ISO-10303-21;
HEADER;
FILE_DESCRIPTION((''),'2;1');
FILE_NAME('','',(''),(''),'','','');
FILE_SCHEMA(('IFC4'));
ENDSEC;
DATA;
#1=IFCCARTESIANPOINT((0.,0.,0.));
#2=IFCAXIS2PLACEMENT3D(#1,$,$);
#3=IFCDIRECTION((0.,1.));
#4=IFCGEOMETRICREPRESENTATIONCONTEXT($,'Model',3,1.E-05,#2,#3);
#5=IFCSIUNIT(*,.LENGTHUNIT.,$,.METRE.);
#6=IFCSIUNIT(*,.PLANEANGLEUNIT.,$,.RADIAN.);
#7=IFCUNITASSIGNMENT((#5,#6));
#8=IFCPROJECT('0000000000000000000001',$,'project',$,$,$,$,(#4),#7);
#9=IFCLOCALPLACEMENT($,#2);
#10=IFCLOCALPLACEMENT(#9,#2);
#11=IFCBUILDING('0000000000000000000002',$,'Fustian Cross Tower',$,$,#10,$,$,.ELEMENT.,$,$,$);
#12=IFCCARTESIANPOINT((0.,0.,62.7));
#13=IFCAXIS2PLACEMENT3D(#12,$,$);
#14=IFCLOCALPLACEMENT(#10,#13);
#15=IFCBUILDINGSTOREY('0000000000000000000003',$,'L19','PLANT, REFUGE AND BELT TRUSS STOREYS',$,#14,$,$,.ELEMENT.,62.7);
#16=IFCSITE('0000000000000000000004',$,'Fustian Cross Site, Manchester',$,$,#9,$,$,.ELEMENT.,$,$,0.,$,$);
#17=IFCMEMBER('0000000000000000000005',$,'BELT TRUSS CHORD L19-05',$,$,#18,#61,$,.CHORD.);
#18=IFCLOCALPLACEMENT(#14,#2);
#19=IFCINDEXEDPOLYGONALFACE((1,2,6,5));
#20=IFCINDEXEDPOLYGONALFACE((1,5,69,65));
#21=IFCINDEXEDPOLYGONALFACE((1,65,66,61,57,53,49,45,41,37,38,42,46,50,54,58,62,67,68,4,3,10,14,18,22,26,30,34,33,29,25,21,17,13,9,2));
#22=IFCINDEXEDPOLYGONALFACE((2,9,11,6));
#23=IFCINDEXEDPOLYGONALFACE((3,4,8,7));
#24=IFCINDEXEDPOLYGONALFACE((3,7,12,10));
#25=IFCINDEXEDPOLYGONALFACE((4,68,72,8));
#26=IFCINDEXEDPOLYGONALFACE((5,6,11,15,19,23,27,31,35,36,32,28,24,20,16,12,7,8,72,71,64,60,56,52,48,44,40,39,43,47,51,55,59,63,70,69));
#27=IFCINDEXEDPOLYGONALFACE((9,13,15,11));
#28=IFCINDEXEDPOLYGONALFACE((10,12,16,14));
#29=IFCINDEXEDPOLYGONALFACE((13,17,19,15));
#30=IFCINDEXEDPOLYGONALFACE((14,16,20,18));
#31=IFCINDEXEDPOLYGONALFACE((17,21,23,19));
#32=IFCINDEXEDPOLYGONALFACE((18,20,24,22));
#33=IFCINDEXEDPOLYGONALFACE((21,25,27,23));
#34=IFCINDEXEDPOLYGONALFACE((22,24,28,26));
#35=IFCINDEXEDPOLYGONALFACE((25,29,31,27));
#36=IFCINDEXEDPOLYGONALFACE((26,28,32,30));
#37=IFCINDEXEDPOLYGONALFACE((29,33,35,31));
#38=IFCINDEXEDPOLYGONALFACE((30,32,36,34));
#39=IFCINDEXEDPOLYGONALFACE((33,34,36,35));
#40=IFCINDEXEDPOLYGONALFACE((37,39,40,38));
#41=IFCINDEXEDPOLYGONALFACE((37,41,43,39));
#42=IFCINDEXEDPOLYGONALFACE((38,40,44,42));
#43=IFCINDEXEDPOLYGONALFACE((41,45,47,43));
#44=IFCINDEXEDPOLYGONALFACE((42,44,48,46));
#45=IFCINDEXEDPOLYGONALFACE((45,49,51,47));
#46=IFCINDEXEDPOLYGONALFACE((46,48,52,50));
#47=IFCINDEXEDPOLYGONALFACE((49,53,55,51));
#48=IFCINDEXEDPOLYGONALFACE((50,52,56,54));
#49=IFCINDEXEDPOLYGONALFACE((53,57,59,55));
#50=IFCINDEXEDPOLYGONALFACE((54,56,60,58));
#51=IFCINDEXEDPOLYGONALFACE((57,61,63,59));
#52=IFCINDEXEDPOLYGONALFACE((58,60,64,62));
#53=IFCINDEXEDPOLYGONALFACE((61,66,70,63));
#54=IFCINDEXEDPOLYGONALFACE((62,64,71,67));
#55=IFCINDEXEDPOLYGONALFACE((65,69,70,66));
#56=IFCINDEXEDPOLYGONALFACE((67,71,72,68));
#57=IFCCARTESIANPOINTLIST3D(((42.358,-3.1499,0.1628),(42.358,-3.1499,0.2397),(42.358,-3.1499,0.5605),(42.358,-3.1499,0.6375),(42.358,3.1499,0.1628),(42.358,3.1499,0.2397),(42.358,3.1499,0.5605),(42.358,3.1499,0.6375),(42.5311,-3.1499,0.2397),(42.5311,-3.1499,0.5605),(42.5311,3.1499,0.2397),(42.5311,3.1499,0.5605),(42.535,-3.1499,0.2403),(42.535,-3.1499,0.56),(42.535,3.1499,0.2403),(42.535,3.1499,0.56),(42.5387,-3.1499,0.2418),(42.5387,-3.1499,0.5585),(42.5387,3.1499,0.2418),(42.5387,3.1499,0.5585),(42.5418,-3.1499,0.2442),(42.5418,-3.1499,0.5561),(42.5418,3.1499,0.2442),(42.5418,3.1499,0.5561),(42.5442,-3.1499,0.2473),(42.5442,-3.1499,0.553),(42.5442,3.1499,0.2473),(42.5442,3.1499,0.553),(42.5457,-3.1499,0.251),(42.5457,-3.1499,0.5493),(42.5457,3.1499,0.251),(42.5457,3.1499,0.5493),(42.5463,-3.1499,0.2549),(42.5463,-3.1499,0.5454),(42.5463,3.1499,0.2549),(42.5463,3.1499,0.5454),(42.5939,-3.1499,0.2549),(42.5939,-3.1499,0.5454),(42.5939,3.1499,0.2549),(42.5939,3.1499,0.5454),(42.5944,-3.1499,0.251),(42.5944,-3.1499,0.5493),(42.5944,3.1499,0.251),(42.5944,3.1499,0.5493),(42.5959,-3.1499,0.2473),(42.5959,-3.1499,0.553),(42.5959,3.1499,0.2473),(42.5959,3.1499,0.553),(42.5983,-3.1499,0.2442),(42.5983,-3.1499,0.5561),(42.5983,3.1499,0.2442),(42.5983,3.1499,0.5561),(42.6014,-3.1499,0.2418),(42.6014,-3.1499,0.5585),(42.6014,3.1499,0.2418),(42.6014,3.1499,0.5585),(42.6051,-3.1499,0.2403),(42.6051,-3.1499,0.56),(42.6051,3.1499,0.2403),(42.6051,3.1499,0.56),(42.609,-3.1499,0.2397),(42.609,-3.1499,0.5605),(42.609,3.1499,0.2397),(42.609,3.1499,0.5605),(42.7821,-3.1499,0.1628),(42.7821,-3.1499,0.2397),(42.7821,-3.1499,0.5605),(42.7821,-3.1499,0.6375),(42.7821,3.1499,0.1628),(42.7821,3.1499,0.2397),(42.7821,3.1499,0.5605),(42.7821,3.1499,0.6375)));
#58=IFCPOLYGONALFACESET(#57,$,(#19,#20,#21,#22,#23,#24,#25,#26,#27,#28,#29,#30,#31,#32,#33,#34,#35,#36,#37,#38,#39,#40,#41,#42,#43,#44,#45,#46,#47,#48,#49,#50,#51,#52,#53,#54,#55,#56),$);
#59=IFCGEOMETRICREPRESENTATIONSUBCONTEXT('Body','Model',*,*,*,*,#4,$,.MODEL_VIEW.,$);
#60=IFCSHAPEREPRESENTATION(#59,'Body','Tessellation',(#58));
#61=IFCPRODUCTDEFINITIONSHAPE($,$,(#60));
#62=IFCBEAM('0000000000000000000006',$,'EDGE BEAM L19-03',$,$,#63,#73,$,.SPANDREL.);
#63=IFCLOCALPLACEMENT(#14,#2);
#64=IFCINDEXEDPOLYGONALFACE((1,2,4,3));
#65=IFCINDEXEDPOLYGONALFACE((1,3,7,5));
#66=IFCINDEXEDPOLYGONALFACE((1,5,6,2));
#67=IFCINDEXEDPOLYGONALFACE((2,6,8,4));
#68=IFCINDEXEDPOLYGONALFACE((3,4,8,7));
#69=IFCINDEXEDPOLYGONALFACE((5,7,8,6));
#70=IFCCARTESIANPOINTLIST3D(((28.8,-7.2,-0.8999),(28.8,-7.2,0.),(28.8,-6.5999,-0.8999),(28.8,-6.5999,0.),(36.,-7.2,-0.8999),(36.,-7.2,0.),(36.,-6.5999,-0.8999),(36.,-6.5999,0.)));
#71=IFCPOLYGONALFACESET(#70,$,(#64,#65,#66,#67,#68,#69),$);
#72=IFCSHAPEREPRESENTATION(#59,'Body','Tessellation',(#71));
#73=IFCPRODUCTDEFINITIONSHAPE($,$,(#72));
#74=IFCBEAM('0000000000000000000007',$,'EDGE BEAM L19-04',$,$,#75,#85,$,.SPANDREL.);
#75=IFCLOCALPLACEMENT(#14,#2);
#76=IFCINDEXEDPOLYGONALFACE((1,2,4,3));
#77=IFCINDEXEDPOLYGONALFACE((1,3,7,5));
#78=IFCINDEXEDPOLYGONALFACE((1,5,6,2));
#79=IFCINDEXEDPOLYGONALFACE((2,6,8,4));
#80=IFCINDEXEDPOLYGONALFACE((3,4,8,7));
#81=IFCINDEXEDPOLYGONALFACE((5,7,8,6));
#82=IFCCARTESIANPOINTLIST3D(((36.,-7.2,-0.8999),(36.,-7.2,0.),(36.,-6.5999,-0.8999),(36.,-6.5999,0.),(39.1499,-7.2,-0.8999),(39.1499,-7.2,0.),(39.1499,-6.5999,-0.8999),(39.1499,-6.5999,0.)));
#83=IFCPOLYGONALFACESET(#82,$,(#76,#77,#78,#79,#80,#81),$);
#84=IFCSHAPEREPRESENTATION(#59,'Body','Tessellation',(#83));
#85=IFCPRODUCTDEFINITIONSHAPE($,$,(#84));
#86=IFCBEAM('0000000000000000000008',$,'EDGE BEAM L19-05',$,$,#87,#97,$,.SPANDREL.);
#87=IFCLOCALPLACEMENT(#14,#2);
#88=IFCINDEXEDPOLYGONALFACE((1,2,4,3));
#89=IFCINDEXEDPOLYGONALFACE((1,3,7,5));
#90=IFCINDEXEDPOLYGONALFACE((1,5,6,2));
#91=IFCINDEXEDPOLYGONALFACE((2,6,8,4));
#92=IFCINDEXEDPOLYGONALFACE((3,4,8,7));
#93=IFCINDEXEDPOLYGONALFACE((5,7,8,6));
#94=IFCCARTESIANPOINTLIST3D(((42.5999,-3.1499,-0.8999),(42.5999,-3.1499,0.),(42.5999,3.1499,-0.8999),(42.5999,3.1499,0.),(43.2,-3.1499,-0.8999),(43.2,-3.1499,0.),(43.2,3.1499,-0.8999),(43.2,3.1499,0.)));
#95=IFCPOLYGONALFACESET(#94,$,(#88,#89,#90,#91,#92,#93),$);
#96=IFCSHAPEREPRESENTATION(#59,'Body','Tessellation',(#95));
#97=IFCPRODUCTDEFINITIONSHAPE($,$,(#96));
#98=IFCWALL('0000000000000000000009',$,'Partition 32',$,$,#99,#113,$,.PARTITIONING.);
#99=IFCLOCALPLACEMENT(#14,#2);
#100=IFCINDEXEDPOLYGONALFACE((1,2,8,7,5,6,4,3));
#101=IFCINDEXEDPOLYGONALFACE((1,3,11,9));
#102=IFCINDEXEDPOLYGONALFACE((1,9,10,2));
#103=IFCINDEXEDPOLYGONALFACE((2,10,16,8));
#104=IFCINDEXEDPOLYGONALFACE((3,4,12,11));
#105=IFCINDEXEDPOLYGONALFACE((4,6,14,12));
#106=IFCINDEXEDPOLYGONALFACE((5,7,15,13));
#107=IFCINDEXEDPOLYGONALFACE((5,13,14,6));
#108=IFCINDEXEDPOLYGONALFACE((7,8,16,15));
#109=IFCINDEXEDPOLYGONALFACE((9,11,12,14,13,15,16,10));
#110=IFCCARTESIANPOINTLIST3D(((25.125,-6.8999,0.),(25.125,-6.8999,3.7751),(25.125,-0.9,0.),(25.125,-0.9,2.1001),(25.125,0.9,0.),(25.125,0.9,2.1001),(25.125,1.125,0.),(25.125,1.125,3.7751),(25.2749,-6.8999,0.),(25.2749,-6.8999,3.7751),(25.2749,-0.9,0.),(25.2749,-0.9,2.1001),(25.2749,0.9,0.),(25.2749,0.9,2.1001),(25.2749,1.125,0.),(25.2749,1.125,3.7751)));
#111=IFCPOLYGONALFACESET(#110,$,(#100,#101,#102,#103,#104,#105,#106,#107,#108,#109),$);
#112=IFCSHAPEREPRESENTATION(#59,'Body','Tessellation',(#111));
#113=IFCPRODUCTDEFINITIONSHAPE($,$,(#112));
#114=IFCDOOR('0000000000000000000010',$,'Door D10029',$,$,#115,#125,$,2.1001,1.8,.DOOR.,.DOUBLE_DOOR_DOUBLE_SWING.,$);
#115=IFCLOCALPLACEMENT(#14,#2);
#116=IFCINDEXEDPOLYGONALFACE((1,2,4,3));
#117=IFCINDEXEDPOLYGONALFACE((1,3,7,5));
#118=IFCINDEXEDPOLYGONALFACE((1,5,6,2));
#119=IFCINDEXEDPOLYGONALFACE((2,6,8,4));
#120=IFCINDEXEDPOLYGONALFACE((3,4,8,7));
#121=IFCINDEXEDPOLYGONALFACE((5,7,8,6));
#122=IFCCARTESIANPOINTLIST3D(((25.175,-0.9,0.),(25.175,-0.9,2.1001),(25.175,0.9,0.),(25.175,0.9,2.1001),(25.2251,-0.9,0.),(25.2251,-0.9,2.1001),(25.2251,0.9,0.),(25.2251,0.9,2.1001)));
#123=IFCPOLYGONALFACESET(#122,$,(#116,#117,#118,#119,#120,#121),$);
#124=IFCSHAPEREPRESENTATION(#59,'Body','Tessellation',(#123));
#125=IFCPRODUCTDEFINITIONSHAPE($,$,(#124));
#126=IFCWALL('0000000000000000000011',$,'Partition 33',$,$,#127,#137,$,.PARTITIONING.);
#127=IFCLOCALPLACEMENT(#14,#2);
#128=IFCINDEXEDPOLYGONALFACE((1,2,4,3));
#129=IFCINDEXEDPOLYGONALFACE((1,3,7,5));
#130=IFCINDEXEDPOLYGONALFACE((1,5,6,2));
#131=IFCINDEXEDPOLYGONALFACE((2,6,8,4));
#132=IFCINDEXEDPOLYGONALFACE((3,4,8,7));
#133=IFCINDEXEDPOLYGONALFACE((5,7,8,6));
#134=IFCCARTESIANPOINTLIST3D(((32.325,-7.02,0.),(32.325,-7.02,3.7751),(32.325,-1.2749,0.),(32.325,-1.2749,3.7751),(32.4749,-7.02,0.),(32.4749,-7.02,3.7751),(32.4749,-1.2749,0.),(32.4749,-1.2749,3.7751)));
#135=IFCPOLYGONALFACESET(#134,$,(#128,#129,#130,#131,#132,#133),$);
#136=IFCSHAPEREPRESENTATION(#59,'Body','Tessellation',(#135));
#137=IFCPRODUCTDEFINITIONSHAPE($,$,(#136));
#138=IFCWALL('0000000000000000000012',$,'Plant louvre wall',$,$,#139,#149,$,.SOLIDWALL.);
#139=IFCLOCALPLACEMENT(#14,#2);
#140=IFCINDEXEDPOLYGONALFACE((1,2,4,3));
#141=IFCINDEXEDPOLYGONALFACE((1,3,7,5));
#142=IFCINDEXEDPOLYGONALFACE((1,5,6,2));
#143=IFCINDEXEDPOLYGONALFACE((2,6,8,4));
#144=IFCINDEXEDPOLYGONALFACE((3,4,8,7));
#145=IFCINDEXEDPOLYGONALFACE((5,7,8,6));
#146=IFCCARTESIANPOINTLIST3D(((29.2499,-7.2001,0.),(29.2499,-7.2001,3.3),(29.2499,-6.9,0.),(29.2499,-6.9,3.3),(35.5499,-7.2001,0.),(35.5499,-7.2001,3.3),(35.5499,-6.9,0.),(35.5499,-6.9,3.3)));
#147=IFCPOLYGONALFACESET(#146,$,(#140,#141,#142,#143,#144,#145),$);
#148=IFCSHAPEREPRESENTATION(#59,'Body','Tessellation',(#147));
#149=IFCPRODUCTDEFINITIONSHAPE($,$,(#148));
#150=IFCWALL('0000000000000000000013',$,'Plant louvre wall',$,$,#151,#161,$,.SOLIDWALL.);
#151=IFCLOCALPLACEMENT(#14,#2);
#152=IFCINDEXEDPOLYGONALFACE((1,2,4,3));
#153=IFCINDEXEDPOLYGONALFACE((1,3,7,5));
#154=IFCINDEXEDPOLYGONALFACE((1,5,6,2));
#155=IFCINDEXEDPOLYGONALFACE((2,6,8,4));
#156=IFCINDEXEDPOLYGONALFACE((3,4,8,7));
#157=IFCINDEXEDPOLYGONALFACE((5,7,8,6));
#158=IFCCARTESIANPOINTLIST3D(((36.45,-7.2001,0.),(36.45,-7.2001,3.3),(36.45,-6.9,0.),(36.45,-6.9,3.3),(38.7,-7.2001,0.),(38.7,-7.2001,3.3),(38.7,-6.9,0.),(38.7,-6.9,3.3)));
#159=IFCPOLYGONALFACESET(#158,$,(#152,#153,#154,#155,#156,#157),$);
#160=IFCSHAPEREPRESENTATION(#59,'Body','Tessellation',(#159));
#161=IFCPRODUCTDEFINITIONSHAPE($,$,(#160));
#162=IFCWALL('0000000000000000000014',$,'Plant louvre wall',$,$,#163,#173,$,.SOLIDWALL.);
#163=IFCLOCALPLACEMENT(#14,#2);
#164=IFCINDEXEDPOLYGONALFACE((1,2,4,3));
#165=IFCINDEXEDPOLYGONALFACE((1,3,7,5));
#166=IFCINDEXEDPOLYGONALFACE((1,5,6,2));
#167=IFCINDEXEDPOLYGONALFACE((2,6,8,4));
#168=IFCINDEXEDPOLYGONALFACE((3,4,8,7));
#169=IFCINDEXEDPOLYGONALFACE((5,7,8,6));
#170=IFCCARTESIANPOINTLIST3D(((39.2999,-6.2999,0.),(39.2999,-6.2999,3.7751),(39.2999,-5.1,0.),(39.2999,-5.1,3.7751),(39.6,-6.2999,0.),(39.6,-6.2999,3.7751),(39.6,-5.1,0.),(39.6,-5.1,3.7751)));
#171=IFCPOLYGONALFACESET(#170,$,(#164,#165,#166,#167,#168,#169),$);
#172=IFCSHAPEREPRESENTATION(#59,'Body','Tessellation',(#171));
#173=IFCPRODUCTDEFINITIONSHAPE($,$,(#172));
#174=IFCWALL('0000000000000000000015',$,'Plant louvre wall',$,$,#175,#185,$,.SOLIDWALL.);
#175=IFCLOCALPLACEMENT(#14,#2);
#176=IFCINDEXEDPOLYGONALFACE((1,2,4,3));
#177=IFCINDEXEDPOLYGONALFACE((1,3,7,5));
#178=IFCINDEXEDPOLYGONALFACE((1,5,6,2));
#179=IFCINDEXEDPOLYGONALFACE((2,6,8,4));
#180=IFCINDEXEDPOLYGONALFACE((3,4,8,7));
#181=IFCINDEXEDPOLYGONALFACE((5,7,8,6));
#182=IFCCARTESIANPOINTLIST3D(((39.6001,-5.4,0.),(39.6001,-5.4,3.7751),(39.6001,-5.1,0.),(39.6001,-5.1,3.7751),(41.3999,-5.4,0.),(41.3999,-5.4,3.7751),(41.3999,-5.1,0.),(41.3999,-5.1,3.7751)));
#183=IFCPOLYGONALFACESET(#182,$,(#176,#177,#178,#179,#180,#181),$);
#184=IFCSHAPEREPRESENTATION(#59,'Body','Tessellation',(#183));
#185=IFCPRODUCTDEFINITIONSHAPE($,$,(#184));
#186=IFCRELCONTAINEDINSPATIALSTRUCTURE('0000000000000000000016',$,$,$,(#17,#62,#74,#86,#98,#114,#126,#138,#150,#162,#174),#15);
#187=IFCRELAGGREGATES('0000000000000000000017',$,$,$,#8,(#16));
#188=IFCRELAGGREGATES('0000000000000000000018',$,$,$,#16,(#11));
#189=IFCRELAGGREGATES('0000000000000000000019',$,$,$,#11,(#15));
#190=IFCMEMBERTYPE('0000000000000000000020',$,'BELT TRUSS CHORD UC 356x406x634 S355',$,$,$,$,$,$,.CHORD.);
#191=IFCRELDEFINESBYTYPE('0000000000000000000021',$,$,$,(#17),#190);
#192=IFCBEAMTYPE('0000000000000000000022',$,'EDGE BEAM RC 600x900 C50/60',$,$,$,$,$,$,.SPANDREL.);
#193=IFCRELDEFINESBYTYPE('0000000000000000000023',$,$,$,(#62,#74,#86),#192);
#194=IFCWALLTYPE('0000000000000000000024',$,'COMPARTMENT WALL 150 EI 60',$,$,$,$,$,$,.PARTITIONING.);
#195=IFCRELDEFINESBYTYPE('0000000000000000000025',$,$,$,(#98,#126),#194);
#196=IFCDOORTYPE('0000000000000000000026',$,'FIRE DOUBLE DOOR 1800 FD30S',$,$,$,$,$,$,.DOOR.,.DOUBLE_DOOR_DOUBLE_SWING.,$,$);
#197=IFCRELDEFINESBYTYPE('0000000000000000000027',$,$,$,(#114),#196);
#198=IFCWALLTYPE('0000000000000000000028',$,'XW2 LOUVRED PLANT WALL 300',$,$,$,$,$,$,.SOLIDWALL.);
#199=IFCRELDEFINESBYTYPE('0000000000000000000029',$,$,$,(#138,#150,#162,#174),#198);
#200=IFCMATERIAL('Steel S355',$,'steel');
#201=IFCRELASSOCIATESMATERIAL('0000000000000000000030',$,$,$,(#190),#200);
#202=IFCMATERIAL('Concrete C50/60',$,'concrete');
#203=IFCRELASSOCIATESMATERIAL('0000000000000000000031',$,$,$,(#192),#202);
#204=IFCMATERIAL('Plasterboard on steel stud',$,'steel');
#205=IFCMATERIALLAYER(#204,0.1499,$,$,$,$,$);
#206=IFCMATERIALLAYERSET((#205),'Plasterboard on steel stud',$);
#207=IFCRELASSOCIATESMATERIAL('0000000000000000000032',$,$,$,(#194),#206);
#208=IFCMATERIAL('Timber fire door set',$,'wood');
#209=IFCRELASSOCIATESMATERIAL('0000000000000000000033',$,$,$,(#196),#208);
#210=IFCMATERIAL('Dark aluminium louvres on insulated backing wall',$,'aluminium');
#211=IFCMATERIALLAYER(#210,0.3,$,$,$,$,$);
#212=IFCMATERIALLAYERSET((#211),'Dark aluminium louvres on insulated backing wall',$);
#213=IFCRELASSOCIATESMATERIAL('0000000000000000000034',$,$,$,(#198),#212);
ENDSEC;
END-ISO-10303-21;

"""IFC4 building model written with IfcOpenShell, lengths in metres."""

from ifc_helpers import new_model, si_unit, direction, frame, frame_2d, origin, origin_2d, place, context, subcontext, project, spatial, rectangle, i_section, extrude, material, layer, layer_set, material_profile, profile_set, type_object, element, fill, save


model = new_model("IFC4")

# Units and contexts
model_context = context("Model", 3, precision=1e-05, world=origin(), true_north=direction((0.0, 1.0)))
body_context = subcontext(model_context, "Body", "Model", "MODEL_VIEW")
ifc_project = project(units=[si_unit("LENGTHUNIT", "METRE"), si_unit("PLANEANGLEUNIT", "RADIAN")], contexts=[model_context])

# Site, building, storey
site_placement = place(None, origin())
site = spatial("IfcSite", under=ifc_project, at=site_placement, Name="Fustian Cross Site, Manchester", CompositionType="ELEMENT", RefElevation=0.0)
building_placement = place(site_placement, origin())
building = spatial("IfcBuilding", under=site, at=building_placement, Name="Fustian Cross Tower", CompositionType="ELEMENT")
storey_placement = place(building_placement, frame((0.0, 0.0, 62.7)))
storey = spatial("IfcBuildingStorey", under=building, at=storey_placement, Name="L19", Description="PLANT, REFUGE AND BELT TRUSS STOREYS", CompositionType="ELEMENT", Elevation=62.7)

# Member
ifc_material_1 = material(Name="Steel S355", Category="steel")
ifc_material_profile_1 = material_profile(ifc_material_1, i_section(OverallWidth=0.4241, OverallDepth=0.4746, WebThickness=0.0476, FlangeThickness=0.0769, FilletRadius=0.0151, at=origin_2d()), Name="UC 356x406x634")
ifc_profile_set_1 = profile_set([ifc_material_profile_1], Name="Steel S355")
member_type_1 = type_object("IfcMemberType", Name="BELT TRUSS CHORD UC 356x406x634 S355", PredefinedType="CHORD", material=ifc_profile_set_1)
for number, where, z_axis, x_axis, name in (
    (1, (42.5701, -3.1499, 0.4001), (0.0, 1.0, 0.0), (-1.0, 0.0, 0.0), "BELT TRUSS CHORD L19-05"),
):
    element("IfcMember", number, at=place(storey_placement, frame(where, z_axis=z_axis, x_axis=x_axis)), inside=storey, type_object=member_type_1, Name=name, PredefinedType="CHORD", context=body_context, shape_type="SweptSolid", body=[
        extrude(i_section(OverallWidth=0.4241, OverallDepth=0.4746, WebThickness=0.0476, FlangeThickness=0.0769, FilletRadius=0.0151, at=origin_2d()), origin(), (0.0, 0.0, 1.0), 6.2998),
    ])

# Beams
ifc_material_2 = material(Name="Concrete C50/60", Category="concrete")
ifc_material_profile_2 = material_profile(ifc_material_2, rectangle(XDim=0.6001, YDim=0.8999, at=origin_2d()), Name="RC 600x900")
ifc_profile_set_2 = profile_set([ifc_material_profile_2], Name="Concrete C50/60")
beam_type = type_object("IfcBeamType", Name="EDGE BEAM RC 600x900 C50/60", PredefinedType="SPANDREL", material=ifc_profile_set_2)
beam_1_placement = place(storey_placement, frame((28.8, -6.8999, -0.45), z_axis=(1.0, 0.0, 0.0), x_axis=(0.0, 1.0, 0.0)))
element("IfcBeam", 2, at=beam_1_placement, inside=storey, type_object=beam_type, Name="EDGE BEAM L19-03", PredefinedType="SPANDREL", context=body_context, shape_type="SweptSolid", body=[
    extrude(rectangle(XDim=0.6001, YDim=0.8999, at=origin_2d()), origin(), (0.0, 0.0, 1.0), 7.2),
])
beam_2_placement = place(storey_placement, frame((36.0, -6.8999, -0.45), z_axis=(1.0, 0.0, 0.0), x_axis=(0.0, 1.0, 0.0)))
element("IfcBeam", 3, at=beam_2_placement, inside=storey, type_object=beam_type, Name="EDGE BEAM L19-04", PredefinedType="SPANDREL", context=body_context, shape_type="SweptSolid", body=[
    extrude(rectangle(XDim=0.6001, YDim=0.8999, at=origin_2d()), origin(), (0.0, 0.0, 1.0), 3.1499),
])
beam_3_placement = place(storey_placement, frame((42.8999, -3.1499, -0.45), z_axis=(0.0, 1.0, 0.0), x_axis=(-1.0, 0.0, 0.0)))
element("IfcBeam", 4, at=beam_3_placement, inside=storey, type_object=beam_type, Name="EDGE BEAM L19-05", PredefinedType="SPANDREL", context=body_context, shape_type="SweptSolid", body=[
    extrude(rectangle(XDim=0.6001, YDim=0.8999, at=origin_2d()), origin(), (0.0, 0.0, 1.0), 6.2998),
])

# Wall, opening, door
ifc_material_3 = material(Name="Plasterboard on steel stud", Category="steel")
ifc_layer_1 = layer(ifc_material_3, 0.1499)
ifc_layer_set_1 = layer_set([ifc_layer_1], Name="Plasterboard on steel stud")
wall_type_1 = type_object("IfcWallType", Name="COMPARTMENT WALL 150 EI 60", PredefinedType="PARTITIONING", material=ifc_layer_set_1)
wall_1_placement = place(storey_placement, frame((25.2, -6.8999, 0.0), z_axis=(0.0, 0.0, 1.0), x_axis=(0.0, 1.0, 0.0)))
wall_1 = element("IfcWall", 5, at=wall_1_placement, inside=storey, type_object=wall_type_1, Name="Partition 32", PredefinedType="PARTITIONING", context=body_context, shape_type="SweptSolid", body=[
    extrude(rectangle(XDim=8.0249, YDim=0.1499, at=frame_2d((4.0125, 0.0))), origin(), (0.0, 0.0, 1.0), 3.7751),
])
opening_placement = place(wall_1_placement, frame((6.0, 0.0, 0.0)))
opening = element("IfcOpeningElement", 6, at=opening_placement, cuts=wall_1, PredefinedType="OPENING", context=body_context, shape_type="SweptSolid", body=[
    extrude(rectangle(XDim=1.8, YDim=2.1001, at=frame_2d((0.8999, 1.05))), frame((0.0, 0.085, 0.0), z_axis=(0.0, -1.0, 0.0), x_axis=(1.0, 0.0, 0.0)), (0.0, 0.0, 1.0), 0.1699),
])
ifc_material_4 = material(Name="Timber fire door set", Category="wood")
door_type = type_object("IfcDoorType", Name="FIRE DOUBLE DOOR 1800 FD30S", OperationType="DOUBLE_DOOR_DOUBLE_SWING", PredefinedType="DOOR", material=ifc_material_4)
door_placement = place(opening_placement, origin())
door = element("IfcDoor", 7, at=door_placement, inside=storey, type_object=door_type, Name="Door D10029", OperationType="DOUBLE_DOOR_DOUBLE_SWING", OverallHeight=2.1001, OverallWidth=1.8, PredefinedType="DOOR", context=body_context, shape_type="SweptSolid", body=[
    extrude(rectangle(XDim=1.8, YDim=2.1001, at=frame_2d((0.8999, 1.05))), frame((0.0, 0.0249, 0.0), z_axis=(0.0, -1.0, 0.0), x_axis=(1.0, 0.0, 0.0)), (0.0, 0.0, 1.0), 0.05),
])
fill(opening, door)

# Walls
wall_2_placement = place(storey_placement, frame((32.3999, -7.02, 0.0), z_axis=(0.0, 0.0, 1.0), x_axis=(0.0, 1.0, 0.0)))
element("IfcWall", 8, at=wall_2_placement, inside=storey, type_object=wall_type_1, Name="Partition 33", PredefinedType="PARTITIONING", context=body_context, shape_type="SweptSolid", body=[
    extrude(rectangle(XDim=5.7451, YDim=0.1499, at=frame_2d((2.8726, 0.0))), origin(), (0.0, 0.0, 1.0), 3.7751),
])
ifc_material_5 = material(Name="Dark aluminium louvres on insulated backing wall", Category="aluminium")
ifc_layer_2 = layer(ifc_material_5, 0.3)
ifc_layer_set_2 = layer_set([ifc_layer_2], Name="Dark aluminium louvres on insulated backing wall")
wall_type_2 = type_object("IfcWallType", Name="XW2 LOUVRED PLANT WALL 300", PredefinedType="SOLIDWALL", material=ifc_layer_set_2)
wall_3_placement = place(storey_placement, frame((29.25, -7.05, 0.0), z_axis=(0.0, 0.0, 1.0), x_axis=(1.0, 0.0, 0.0)))
element("IfcWall", 9, at=wall_3_placement, inside=storey, type_object=wall_type_2, Name="Plant louvre wall", PredefinedType="SOLIDWALL", context=body_context, shape_type="SweptSolid", body=[
    extrude(rectangle(XDim=6.3, YDim=0.3, at=frame_2d((3.1499, 0.0))), origin(), (0.0, 0.0, 1.0), 3.3),
])
wall_4_placement = place(storey_placement, frame((36.45, -7.05, 0.0), z_axis=(0.0, 0.0, 1.0), x_axis=(1.0, 0.0, 0.0)))
element("IfcWall", 10, at=wall_4_placement, inside=storey, type_object=wall_type_2, Name="Plant louvre wall", PredefinedType="SOLIDWALL", context=body_context, shape_type="SweptSolid", body=[
    extrude(rectangle(XDim=2.25, YDim=0.3, at=frame_2d((1.125, 0.0))), origin(), (0.0, 0.0, 1.0), 3.3),
])
wall_5_placement = place(storey_placement, frame((39.45, -6.3, 0.0), z_axis=(0.0, 0.0, 1.0), x_axis=(0.0, 1.0, 0.0)))
element("IfcWall", 11, at=wall_5_placement, inside=storey, type_object=wall_type_2, Name="Plant louvre wall", PredefinedType="SOLIDWALL", context=body_context, shape_type="SweptSolid", body=[
    extrude(rectangle(XDim=1.2, YDim=0.3, at=frame_2d((0.6001, 0.0))), origin(), (0.0, 0.0, 1.0), 3.7751),
])
wall_6_placement = place(storey_placement, frame((39.6001, -5.25, 0.0), z_axis=(0.0, 0.0, 1.0), x_axis=(1.0, 0.0, 0.0)))
element("IfcWall", 12, at=wall_6_placement, inside=storey, type_object=wall_type_2, Name="Plant louvre wall", PredefinedType="SOLIDWALL", context=body_context, shape_type="SweptSolid", body=[
    extrude(rectangle(XDim=1.7998, YDim=0.3, at=frame_2d((0.8999, 0.0))), origin(), (0.0, 0.0, 1.0), 3.7751),
])

save(model, "model.ifc")
